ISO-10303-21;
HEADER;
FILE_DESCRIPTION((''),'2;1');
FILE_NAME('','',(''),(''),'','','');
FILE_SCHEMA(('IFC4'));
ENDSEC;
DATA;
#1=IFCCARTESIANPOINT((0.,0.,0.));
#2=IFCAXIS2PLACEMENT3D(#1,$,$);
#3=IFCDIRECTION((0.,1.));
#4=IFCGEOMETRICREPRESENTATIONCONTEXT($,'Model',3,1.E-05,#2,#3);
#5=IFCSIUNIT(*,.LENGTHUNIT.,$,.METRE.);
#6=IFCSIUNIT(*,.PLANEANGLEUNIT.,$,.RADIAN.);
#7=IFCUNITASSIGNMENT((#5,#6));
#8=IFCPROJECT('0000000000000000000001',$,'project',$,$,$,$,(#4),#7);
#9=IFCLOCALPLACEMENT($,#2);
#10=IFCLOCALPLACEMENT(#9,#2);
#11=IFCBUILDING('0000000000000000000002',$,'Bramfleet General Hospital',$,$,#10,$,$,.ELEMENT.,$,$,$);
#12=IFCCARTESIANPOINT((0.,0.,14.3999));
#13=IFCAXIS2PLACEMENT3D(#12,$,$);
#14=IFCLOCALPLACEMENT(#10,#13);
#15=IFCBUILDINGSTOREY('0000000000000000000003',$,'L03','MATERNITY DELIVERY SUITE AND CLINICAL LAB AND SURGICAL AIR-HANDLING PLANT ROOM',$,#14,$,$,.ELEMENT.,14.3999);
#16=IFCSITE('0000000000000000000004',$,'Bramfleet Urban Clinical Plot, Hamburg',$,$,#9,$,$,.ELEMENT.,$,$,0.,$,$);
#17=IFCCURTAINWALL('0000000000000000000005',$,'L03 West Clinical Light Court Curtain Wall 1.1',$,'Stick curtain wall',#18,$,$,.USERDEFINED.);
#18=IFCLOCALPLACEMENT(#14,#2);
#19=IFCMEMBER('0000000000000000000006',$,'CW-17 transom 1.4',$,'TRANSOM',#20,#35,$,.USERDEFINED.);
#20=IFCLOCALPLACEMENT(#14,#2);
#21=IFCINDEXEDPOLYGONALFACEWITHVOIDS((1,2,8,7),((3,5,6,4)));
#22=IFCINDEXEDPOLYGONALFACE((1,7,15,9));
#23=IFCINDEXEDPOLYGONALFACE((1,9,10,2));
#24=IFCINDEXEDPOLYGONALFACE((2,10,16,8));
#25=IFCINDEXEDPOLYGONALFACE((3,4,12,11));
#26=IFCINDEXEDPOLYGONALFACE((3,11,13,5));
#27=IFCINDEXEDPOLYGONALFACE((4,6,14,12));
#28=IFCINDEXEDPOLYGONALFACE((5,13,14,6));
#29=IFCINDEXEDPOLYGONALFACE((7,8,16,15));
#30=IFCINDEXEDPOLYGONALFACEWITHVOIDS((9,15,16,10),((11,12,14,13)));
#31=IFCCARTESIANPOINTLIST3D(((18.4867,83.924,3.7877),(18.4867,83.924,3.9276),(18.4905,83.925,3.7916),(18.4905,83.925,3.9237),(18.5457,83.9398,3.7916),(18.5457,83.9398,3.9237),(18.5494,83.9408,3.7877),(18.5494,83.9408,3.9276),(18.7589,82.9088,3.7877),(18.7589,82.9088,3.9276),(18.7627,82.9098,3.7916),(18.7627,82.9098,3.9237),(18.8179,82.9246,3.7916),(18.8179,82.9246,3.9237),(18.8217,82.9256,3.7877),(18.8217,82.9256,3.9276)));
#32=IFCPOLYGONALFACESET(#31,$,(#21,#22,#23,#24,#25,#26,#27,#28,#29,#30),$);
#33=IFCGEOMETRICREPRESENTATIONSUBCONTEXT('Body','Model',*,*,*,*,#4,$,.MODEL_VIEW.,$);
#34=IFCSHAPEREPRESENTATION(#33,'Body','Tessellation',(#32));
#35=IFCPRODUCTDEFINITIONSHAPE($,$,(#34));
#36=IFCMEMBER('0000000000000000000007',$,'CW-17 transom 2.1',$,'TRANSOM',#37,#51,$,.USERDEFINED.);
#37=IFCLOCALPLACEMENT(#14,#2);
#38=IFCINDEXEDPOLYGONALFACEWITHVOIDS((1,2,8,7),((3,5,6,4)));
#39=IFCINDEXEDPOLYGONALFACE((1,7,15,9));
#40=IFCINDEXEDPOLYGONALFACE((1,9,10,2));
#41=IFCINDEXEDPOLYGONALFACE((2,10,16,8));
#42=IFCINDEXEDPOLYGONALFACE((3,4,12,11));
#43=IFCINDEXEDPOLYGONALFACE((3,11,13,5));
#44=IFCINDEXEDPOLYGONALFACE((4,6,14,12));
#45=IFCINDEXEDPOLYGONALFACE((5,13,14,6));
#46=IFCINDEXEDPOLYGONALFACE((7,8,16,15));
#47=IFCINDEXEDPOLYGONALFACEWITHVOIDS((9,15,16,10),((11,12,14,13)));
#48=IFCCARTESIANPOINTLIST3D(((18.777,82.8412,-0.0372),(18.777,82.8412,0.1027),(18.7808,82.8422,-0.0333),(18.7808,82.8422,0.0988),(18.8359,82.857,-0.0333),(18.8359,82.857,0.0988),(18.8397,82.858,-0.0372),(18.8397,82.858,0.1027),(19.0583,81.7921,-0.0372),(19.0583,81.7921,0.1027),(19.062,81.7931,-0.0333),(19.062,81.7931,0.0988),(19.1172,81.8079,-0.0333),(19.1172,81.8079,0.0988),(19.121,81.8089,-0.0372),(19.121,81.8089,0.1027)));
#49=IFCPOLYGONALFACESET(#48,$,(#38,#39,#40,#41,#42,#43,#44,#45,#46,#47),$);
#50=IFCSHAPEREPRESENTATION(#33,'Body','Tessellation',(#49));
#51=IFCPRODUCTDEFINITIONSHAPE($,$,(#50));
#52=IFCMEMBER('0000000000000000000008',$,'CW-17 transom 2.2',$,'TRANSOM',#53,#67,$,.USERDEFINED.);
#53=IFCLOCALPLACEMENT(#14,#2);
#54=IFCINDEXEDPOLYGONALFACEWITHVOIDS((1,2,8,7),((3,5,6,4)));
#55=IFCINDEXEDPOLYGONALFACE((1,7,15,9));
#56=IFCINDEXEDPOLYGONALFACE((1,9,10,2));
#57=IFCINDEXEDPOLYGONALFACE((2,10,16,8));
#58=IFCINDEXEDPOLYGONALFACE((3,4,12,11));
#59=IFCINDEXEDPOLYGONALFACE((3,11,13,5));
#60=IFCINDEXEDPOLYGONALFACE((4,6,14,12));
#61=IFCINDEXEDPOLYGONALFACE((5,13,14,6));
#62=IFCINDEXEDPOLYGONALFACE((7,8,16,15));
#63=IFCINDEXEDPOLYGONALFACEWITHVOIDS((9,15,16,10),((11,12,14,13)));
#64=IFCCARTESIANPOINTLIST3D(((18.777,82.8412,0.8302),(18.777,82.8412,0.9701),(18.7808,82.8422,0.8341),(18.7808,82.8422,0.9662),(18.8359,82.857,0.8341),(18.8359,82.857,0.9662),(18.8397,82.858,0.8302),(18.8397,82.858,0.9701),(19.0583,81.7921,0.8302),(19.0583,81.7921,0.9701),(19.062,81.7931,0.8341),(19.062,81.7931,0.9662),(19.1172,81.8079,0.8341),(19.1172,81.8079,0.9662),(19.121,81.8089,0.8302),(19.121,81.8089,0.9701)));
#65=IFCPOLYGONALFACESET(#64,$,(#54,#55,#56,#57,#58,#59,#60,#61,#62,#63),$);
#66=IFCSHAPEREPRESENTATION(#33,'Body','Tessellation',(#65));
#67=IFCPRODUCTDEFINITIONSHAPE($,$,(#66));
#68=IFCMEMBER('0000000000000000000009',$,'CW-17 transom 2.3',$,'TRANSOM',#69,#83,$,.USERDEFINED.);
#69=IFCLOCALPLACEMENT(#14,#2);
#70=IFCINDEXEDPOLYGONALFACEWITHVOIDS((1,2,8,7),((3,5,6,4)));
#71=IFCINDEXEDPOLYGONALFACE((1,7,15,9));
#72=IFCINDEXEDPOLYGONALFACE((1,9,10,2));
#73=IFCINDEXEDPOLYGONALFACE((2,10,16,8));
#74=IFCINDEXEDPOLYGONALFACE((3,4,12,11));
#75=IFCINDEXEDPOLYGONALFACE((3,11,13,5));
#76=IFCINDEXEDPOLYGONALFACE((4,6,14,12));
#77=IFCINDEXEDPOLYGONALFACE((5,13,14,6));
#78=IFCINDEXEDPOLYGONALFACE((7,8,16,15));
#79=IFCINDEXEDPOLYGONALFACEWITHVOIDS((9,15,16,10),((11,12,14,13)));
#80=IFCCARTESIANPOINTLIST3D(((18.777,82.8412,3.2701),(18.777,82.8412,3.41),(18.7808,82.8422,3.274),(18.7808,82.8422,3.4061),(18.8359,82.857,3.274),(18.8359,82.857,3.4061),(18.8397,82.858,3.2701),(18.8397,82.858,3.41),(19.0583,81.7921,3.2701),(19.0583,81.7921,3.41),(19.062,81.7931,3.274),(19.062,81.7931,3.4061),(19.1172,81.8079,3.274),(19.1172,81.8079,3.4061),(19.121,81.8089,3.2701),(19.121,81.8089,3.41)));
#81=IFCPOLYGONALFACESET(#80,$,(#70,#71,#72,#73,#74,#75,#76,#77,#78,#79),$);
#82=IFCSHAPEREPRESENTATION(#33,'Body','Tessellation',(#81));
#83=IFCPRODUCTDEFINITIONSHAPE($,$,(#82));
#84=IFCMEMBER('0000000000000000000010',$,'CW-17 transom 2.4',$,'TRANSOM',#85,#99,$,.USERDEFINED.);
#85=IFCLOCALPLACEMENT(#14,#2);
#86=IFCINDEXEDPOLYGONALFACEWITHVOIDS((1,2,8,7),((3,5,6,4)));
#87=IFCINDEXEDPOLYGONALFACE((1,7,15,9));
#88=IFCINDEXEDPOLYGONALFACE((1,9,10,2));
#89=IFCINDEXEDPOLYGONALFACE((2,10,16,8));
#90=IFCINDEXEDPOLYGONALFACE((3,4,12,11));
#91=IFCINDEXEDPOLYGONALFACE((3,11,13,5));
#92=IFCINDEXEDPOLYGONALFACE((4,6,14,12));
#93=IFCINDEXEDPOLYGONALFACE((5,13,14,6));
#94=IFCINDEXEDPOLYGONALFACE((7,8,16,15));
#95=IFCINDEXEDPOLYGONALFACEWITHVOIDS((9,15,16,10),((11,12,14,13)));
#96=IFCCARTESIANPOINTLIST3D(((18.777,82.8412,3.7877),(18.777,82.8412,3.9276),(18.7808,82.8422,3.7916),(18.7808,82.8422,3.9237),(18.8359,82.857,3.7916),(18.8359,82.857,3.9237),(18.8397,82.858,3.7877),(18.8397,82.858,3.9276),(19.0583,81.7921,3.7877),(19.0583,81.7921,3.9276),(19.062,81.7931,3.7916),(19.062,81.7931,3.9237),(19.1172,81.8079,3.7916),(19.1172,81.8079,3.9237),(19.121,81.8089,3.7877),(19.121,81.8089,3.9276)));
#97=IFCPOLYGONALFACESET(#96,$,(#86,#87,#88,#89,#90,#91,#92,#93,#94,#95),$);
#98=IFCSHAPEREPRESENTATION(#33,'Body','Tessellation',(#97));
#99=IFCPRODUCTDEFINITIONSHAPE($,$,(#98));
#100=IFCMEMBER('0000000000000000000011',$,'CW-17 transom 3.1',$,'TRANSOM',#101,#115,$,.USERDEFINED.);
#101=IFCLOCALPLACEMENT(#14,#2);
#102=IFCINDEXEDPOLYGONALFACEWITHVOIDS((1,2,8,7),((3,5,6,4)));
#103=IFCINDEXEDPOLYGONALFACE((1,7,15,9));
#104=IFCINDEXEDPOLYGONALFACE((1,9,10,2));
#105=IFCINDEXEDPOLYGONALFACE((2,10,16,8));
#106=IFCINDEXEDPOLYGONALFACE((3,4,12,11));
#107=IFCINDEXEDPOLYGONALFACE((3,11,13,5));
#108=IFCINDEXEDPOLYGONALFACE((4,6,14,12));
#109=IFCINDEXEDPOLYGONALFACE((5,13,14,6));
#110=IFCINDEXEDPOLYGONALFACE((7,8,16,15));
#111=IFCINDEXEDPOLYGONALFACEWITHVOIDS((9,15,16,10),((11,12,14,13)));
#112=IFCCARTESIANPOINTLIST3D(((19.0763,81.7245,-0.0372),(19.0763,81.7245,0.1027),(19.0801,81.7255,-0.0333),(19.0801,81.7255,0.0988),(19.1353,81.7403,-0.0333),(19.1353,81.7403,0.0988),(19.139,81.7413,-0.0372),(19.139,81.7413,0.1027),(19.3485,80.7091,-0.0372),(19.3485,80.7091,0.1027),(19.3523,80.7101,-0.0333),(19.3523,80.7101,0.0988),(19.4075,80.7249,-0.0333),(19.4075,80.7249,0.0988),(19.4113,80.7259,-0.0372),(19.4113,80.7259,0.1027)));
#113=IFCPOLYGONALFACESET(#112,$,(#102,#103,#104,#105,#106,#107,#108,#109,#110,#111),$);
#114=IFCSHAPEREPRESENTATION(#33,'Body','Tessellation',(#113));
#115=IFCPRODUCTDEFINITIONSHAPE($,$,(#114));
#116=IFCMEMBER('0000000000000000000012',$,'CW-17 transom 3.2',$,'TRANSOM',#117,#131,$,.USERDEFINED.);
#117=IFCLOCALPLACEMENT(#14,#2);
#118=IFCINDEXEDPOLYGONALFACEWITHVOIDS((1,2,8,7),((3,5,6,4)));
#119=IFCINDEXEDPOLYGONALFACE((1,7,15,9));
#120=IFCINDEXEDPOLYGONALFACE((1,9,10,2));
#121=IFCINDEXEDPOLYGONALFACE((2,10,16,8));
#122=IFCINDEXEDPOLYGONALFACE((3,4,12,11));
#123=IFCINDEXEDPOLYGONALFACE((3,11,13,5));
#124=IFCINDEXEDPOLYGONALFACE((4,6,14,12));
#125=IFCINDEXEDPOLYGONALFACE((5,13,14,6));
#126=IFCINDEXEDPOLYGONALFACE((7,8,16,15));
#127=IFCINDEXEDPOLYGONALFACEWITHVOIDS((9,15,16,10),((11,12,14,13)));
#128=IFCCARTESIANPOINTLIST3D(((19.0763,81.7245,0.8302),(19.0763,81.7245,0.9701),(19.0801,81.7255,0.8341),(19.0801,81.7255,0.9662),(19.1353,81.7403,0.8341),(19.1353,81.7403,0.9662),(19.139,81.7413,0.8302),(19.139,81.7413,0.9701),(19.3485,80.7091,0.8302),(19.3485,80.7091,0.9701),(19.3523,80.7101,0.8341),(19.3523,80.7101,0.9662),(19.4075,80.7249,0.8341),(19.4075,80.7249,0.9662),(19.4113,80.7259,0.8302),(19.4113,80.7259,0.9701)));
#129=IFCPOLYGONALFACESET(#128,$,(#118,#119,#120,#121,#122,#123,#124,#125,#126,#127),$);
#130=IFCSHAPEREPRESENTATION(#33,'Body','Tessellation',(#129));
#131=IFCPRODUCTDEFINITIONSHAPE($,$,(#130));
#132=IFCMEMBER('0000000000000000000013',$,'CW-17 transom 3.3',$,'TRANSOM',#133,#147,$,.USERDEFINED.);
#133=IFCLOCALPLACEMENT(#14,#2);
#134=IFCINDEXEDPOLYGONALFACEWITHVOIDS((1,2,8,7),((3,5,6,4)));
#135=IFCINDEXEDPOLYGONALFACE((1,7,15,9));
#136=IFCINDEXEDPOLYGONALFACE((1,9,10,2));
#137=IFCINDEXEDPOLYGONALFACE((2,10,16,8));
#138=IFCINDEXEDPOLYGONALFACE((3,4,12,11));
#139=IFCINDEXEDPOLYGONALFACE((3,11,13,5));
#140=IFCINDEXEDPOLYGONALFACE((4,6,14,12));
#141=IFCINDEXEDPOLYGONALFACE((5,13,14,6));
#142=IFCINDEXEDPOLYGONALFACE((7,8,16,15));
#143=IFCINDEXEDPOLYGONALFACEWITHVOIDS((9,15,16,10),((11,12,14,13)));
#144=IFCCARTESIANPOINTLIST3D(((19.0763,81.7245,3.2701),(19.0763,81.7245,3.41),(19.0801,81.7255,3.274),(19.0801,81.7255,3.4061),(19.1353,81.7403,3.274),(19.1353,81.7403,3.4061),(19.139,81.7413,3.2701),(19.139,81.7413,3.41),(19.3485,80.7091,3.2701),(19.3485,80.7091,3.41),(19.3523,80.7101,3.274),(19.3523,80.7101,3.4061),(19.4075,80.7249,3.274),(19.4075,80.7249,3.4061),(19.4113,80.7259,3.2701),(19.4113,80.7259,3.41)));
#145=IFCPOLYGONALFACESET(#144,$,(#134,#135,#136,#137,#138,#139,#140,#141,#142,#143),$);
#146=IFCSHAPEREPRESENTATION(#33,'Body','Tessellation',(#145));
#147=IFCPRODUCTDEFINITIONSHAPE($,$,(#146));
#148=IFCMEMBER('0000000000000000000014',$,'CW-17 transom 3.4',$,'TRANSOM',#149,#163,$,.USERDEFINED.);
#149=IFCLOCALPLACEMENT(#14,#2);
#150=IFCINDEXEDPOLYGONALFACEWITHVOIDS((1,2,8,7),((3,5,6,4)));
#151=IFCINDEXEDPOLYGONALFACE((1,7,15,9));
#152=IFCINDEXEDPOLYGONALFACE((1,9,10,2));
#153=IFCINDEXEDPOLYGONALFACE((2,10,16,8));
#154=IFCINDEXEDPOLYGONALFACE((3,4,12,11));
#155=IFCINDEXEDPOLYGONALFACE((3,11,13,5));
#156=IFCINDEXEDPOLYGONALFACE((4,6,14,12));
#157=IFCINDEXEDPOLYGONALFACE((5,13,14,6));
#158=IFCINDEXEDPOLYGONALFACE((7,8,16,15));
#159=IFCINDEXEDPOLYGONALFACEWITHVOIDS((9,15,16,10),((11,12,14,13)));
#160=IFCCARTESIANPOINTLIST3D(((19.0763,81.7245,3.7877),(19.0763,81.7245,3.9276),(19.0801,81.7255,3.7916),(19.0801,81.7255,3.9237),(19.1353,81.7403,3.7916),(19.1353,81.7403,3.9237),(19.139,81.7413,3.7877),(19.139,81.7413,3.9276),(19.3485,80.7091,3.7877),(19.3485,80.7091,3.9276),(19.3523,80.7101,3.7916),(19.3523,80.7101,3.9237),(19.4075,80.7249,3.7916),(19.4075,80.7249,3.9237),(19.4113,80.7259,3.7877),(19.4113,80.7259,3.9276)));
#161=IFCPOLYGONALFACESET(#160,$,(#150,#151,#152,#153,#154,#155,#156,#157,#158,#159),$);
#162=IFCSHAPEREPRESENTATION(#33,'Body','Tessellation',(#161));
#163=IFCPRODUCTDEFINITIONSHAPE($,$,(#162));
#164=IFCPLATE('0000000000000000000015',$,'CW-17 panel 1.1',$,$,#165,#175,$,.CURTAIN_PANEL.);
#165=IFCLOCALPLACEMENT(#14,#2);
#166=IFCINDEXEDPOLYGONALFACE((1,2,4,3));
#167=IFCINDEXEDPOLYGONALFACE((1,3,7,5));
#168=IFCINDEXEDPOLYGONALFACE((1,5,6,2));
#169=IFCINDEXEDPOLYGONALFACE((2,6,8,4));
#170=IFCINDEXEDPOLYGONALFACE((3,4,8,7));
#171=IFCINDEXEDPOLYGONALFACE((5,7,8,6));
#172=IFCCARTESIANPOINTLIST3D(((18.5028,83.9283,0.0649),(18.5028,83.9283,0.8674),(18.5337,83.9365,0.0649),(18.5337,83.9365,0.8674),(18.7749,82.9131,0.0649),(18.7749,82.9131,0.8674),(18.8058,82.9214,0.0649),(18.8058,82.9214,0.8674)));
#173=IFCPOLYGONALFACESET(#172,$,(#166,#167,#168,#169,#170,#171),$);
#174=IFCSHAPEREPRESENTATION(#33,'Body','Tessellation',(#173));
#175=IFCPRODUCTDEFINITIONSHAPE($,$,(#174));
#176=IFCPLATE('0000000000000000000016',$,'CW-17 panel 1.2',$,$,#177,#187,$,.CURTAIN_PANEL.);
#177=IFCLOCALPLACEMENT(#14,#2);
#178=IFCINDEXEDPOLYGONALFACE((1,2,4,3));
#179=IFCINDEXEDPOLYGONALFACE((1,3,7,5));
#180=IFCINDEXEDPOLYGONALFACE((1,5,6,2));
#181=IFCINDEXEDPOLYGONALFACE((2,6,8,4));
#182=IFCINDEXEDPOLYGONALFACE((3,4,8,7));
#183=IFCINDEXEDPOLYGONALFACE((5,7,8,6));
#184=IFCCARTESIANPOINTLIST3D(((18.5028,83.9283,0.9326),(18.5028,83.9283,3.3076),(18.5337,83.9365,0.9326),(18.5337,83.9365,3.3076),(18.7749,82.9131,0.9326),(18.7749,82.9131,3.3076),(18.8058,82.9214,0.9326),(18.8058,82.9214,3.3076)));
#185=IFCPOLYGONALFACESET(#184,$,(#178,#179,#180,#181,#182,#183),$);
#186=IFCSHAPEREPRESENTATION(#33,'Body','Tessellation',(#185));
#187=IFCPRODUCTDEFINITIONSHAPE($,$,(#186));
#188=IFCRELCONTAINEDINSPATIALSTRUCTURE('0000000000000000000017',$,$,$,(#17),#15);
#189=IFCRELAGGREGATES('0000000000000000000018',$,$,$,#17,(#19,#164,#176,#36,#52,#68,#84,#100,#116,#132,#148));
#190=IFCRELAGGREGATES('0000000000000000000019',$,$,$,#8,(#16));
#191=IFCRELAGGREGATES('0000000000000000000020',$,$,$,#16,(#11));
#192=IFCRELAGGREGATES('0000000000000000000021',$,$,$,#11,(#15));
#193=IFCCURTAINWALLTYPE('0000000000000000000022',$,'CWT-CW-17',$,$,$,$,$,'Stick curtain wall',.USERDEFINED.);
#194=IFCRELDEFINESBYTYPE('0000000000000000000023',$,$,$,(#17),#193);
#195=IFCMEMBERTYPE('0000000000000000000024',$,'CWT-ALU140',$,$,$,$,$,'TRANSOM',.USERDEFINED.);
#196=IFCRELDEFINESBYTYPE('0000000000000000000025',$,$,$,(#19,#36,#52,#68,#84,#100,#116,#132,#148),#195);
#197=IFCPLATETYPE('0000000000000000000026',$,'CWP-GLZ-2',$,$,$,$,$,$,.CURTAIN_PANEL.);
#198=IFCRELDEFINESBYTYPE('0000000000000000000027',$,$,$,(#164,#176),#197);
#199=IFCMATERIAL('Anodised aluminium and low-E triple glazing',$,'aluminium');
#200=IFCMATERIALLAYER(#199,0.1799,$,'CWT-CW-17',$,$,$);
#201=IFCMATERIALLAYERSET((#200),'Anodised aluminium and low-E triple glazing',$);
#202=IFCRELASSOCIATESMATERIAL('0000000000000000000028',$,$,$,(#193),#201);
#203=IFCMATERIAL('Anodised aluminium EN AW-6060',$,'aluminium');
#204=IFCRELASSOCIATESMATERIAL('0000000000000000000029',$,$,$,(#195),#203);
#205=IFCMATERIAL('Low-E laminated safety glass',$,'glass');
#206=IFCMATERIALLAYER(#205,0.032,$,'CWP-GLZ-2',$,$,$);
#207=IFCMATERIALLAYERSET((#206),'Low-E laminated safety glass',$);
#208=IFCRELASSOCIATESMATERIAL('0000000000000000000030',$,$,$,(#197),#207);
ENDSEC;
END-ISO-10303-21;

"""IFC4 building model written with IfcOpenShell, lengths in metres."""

from ifc_helpers import new_model, si_unit, direction, frame, origin, origin_2d, place, context, subcontext, project, spatial, rectangle, hollow_rectangle, extrude, material, layer, layer_set, material_profile, profile_set, type_object, element, aggregate, save


model = new_model("IFC4")

# Units and contexts
model_context = context("Model", 3, precision=1e-05, world=origin(), true_north=direction((0.0, 1.0)))
body_context = subcontext(model_context, "Body", "Model", "MODEL_VIEW")
ifc_project = project(units=[si_unit("LENGTHUNIT", "METRE"), si_unit("PLANEANGLEUNIT", "RADIAN")], contexts=[model_context])

# Site, building, storey
site_placement = place(None, origin())
site = spatial("IfcSite", under=ifc_project, at=site_placement, Name="Bramfleet Urban Clinical Plot, Hamburg", CompositionType="ELEMENT", RefElevation=0.0)
building_placement = place(site_placement, origin())
building = spatial("IfcBuilding", under=site, at=building_placement, Name="Bramfleet General Hospital", CompositionType="ELEMENT")
storey_placement = place(building_placement, frame((0.0, 0.0, 14.3999)))
storey = spatial("IfcBuildingStorey", under=building, at=storey_placement, Name="L03", Description="MATERNITY DELIVERY SUITE AND CLINICAL LAB AND SURGICAL AIR-HANDLING PLANT ROOM", CompositionType="ELEMENT", Elevation=14.3999)

# Curtain wall, members, plates
ifc_material_1 = material(Name="Anodised aluminium and low-E triple glazing", Category="aluminium")
ifc_layer_1 = layer(ifc_material_1, 0.1799, Name="CWT-CW-17")
ifc_layer_set_1 = layer_set([ifc_layer_1], Name="Anodised aluminium and low-E triple glazing")
curtain_wall_type = type_object("IfcCurtainWallType", Name="CWT-CW-17", ElementType="Stick curtain wall", PredefinedType="USERDEFINED", material=ifc_layer_set_1)
curtain_wall_placement = place(storey_placement, origin())
curtain_wall = element("IfcCurtainWall", 1, at=curtain_wall_placement, inside=storey, type_object=curtain_wall_type, Name="L03 West Clinical Light Court Curtain Wall 1.1", ObjectType="Stick curtain wall", PredefinedType="USERDEFINED")
ifc_material_2 = material(Name="Anodised aluminium EN AW-6060", Category="aluminium")
ifc_material_profile_1 = material_profile(ifc_material_2, hollow_rectangle(XDim=0.0649, YDim=0.1399, WallThickness=0.0039, at=origin_2d()), Name="ALU 140x65x4.0")
ifc_profile_set_1 = profile_set([ifc_material_profile_1], Name="Anodised aluminium EN AW-6060")
member_type_1 = type_object("IfcMemberType", Name="CWT-ALU140", ElementType="TRANSOM", PredefinedType="USERDEFINED", material=ifc_profile_set_1)
member_1_placement = place(storey_placement, frame((18.5181, 83.9324, 3.8577), z_axis=(0.259007, -0.965875, 0.0), x_axis=(0.965875, 0.259007, 0.0)))
member_1 = element("IfcMember", 2, at=member_1_placement, type_object=member_type_1, Name="CW-17 transom 1.4", ObjectType="TRANSOM", PredefinedType="USERDEFINED", context=body_context, shape_type="SweptSolid", body=[
    extrude(hollow_rectangle(XDim=0.0649, YDim=0.1399, WallThickness=0.0039, at=origin_2d()), origin(), (0.0, 0.0, 1.0), 1.051),
])
member_2_placement = place(storey_placement, frame((18.8083, 82.8496, 0.0327), z_axis=(0.25895, -0.965891, 0.0), x_axis=(0.965891, 0.25895, 0.0)))
member_2 = element("IfcMember", 3, at=member_2_placement, type_object=member_type_1, Name="CW-17 transom 2.1", ObjectType="TRANSOM", PredefinedType="USERDEFINED", context=body_context, shape_type="SweptSolid", body=[
    extrude(hollow_rectangle(XDim=0.0649, YDim=0.1399, WallThickness=0.0039, at=origin_2d()), origin(), (0.0, 0.0, 1.0), 1.0862),
])
member_3_placement = place(storey_placement, frame((18.8083, 82.8496, 0.9001), z_axis=(0.25895, -0.965891, 0.0), x_axis=(0.965891, 0.25895, 0.0)))
member_3 = element("IfcMember", 4, at=member_3_placement, type_object=member_type_1, Name="CW-17 transom 2.2", ObjectType="TRANSOM", PredefinedType="USERDEFINED", context=body_context, shape_type="SweptSolid", body=[
    extrude(hollow_rectangle(XDim=0.0649, YDim=0.1399, WallThickness=0.0039, at=origin_2d()), origin(), (0.0, 0.0, 1.0), 1.0862),
])
member_4_placement = place(storey_placement, frame((18.8083, 82.8496, 3.3401), z_axis=(0.25895, -0.965891, 0.0), x_axis=(0.965891, 0.25895, 0.0)))
member_4 = element("IfcMember", 5, at=member_4_placement, type_object=member_type_1, Name="CW-17 transom 2.3", ObjectType="TRANSOM", PredefinedType="USERDEFINED", context=body_context, shape_type="SweptSolid", body=[
    extrude(hollow_rectangle(XDim=0.0649, YDim=0.1399, WallThickness=0.0039, at=origin_2d()), origin(), (0.0, 0.0, 1.0), 1.0862),
])
member_5_placement = place(storey_placement, frame((18.8083, 82.8496, 3.8577), z_axis=(0.25895, -0.965891, 0.0), x_axis=(0.965891, 0.25895, 0.0)))
member_5 = element("IfcMember", 6, at=member_5_placement, type_object=member_type_1, Name="CW-17 transom 2.4", ObjectType="TRANSOM", PredefinedType="USERDEFINED", context=body_context, shape_type="SweptSolid", body=[
    extrude(hollow_rectangle(XDim=0.0649, YDim=0.1399, WallThickness=0.0039, at=origin_2d()), origin(), (0.0, 0.0, 1.0), 1.0862),
])
member_6_placement = place(storey_placement, frame((19.1077, 81.7329, 0.0327), z_axis=(0.258949, -0.965891, 0.0), x_axis=(0.965891, 0.258949, 0.0)))
member_6 = element("IfcMember", 7, at=member_6_placement, type_object=member_type_1, Name="CW-17 transom 3.1", ObjectType="TRANSOM", PredefinedType="USERDEFINED", context=body_context, shape_type="SweptSolid", body=[
    extrude(hollow_rectangle(XDim=0.0649, YDim=0.1399, WallThickness=0.0039, at=origin_2d()), origin(), (0.0, 0.0, 1.0), 1.0513),
])
member_7_placement = place(storey_placement, frame((19.1077, 81.7329, 0.9001), z_axis=(0.258949, -0.965891, 0.0), x_axis=(0.965891, 0.258949, 0.0)))
member_7 = element("IfcMember", 8, at=member_7_placement, type_object=member_type_1, Name="CW-17 transom 3.2", ObjectType="TRANSOM", PredefinedType="USERDEFINED", context=body_context, shape_type="SweptSolid", body=[
    extrude(hollow_rectangle(XDim=0.0649, YDim=0.1399, WallThickness=0.0039, at=origin_2d()), origin(), (0.0, 0.0, 1.0), 1.0513),
])
member_8_placement = place(storey_placement, frame((19.1077, 81.7329, 3.3401), z_axis=(0.258949, -0.965891, 0.0), x_axis=(0.965891, 0.258949, 0.0)))
member_8 = element("IfcMember", 9, at=member_8_placement, type_object=member_type_1, Name="CW-17 transom 3.3", ObjectType="TRANSOM", PredefinedType="USERDEFINED", context=body_context, shape_type="SweptSolid", body=[
    extrude(hollow_rectangle(XDim=0.0649, YDim=0.1399, WallThickness=0.0039, at=origin_2d()), origin(), (0.0, 0.0, 1.0), 1.0513),
])
member_9_placement = place(storey_placement, frame((19.1077, 81.7329, 3.8577), z_axis=(0.258949, -0.965891, 0.0), x_axis=(0.965891, 0.258949, 0.0)))
member_9 = element("IfcMember", 10, at=member_9_placement, type_object=member_type_1, Name="CW-17 transom 3.4", ObjectType="TRANSOM", PredefinedType="USERDEFINED", context=body_context, shape_type="SweptSolid", body=[
    extrude(hollow_rectangle(XDim=0.0649, YDim=0.1399, WallThickness=0.0039, at=origin_2d()), origin(), (0.0, 0.0, 1.0), 1.0513),
])
ifc_material_3 = material(Name="Low-E laminated safety glass", Category="glass")
ifc_layer_2 = layer(ifc_material_3, 0.032, Name="CWP-GLZ-2")
ifc_layer_set_2 = layer_set([ifc_layer_2], Name="Low-E laminated safety glass")
plate_type = type_object("IfcPlateType", Name="CWP-GLZ-2", PredefinedType="CURTAIN_PANEL", material=ifc_layer_set_2)
plate_1_placement = place(storey_placement, frame((18.6543, 83.4248, 0.0649), z_axis=(0.0, 0.0, 1.0), x_axis=(0.258919, -0.965899, 0.0)))
plate_1 = element("IfcPlate", 11, at=plate_1_placement, type_object=plate_type, Name="CW-17 panel 1.1", PredefinedType="CURTAIN_PANEL", context=body_context, shape_type="SweptSolid", body=[
    extrude(rectangle(XDim=1.051, YDim=0.032, at=origin_2d()), origin(), (0.0, 0.0, 1.0), 0.8025),
])
plate_2_placement = place(storey_placement, frame((18.6543, 83.4248, 0.9326), z_axis=(0.0, 0.0, 1.0), x_axis=(0.258919, -0.965899, 0.0)))
plate_2 = element("IfcPlate", 12, at=plate_2_placement, type_object=plate_type, Name="CW-17 panel 1.2", PredefinedType="CURTAIN_PANEL", context=body_context, shape_type="SweptSolid", body=[
    extrude(rectangle(XDim=1.051, YDim=0.032, at=origin_2d()), origin(), (0.0, 0.0, 1.0), 2.375),
])
aggregate(curtain_wall, [member_1, plate_1, plate_2, member_2, member_3, member_4, member_5, member_6, member_7, member_8, member_9])

save(model, "model.ifc")
